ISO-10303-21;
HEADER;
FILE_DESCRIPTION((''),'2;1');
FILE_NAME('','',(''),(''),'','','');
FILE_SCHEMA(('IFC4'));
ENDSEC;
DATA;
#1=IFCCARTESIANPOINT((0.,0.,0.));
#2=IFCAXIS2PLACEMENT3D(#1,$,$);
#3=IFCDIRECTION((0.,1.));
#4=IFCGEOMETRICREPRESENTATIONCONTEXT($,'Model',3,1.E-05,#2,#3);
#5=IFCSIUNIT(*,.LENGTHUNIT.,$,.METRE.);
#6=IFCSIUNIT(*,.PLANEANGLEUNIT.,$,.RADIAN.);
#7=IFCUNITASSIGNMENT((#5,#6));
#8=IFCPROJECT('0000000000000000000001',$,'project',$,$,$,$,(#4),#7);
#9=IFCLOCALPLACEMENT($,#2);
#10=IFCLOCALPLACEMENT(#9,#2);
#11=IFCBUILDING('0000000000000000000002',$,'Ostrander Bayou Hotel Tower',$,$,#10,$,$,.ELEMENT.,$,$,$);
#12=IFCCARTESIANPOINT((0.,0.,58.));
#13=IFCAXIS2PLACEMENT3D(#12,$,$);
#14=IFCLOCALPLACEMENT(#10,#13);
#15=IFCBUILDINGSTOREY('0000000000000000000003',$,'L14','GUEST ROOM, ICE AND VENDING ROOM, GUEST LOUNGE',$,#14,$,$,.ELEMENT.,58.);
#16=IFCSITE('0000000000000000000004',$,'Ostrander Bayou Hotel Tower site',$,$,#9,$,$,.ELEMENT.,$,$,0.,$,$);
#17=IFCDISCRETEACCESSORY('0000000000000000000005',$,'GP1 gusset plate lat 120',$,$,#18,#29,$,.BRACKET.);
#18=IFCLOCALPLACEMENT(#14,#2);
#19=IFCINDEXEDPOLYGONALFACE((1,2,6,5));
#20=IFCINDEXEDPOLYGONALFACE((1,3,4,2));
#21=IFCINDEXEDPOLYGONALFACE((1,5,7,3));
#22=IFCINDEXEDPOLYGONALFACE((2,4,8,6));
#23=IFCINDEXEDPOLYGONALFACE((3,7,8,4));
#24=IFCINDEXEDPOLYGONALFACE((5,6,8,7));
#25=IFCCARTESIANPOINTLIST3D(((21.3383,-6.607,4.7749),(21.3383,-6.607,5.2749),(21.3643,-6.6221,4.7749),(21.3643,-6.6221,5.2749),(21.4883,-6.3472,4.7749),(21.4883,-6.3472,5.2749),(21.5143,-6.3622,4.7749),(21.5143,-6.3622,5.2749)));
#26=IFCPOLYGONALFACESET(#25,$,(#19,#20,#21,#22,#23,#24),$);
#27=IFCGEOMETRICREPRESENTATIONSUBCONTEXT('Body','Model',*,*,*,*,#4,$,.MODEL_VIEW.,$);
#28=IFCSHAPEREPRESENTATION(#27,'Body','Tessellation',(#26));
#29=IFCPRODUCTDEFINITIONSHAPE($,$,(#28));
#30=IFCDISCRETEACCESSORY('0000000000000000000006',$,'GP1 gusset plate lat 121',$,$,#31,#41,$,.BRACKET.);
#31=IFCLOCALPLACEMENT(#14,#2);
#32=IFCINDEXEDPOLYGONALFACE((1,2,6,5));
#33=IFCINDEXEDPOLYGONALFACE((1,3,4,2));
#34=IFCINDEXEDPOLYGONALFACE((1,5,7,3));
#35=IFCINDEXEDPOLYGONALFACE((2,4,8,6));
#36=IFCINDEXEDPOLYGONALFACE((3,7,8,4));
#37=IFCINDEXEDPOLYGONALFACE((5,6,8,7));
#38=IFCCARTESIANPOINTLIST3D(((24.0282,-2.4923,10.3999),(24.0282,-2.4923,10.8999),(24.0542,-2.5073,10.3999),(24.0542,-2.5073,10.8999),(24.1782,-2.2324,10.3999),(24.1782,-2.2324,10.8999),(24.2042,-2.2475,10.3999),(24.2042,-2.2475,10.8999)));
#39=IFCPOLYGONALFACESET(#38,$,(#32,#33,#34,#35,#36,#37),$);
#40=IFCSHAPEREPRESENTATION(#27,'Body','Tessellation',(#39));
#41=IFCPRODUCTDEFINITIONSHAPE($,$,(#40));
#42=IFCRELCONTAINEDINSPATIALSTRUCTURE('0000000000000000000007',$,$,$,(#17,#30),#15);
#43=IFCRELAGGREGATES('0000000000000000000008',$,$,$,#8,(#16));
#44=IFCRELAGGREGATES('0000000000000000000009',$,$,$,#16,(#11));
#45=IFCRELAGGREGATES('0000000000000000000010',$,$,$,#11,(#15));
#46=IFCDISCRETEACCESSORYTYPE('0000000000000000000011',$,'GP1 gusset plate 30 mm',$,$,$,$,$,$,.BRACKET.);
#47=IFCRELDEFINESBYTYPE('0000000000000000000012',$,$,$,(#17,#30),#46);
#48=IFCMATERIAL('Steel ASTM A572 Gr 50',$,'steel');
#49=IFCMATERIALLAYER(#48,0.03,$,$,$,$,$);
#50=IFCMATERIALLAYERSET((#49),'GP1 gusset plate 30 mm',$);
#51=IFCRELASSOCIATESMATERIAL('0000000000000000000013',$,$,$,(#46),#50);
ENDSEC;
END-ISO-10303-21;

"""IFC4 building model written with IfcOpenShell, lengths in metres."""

from ifc_helpers import new_model, si_unit, direction, frame, origin, origin_2d, place, context, subcontext, project, spatial, rectangle, extrude, material, layer, layer_set, type_object, element, save


model = new_model("IFC4")

# Units and contexts
model_context = context("Model", 3, precision=1e-05, world=origin(), true_north=direction((0.0, 1.0)))
body_context = subcontext(model_context, "Body", "Model", "MODEL_VIEW")
ifc_project = project(units=[si_unit("LENGTHUNIT", "METRE"), si_unit("PLANEANGLEUNIT", "RADIAN")], contexts=[model_context])

# Site, building, storey
site_placement = place(None, origin())
site = spatial("IfcSite", under=ifc_project, at=site_placement, Name="Ostrander Bayou Hotel Tower site", CompositionType="ELEMENT", RefElevation=0.0)
building_placement = place(site_placement, origin())
building = spatial("IfcBuilding", under=site, at=building_placement, Name="Ostrander Bayou Hotel Tower", CompositionType="ELEMENT")
storey_placement = place(building_placement, frame((0.0, 0.0, 58.0)))
storey = spatial("IfcBuildingStorey", under=building, at=storey_placement, Name="L14", Description="GUEST ROOM, ICE AND VENDING ROOM, GUEST LOUNGE", CompositionType="ELEMENT", Elevation=58.0)

# Discrete accessories
ifc_material_1 = material(Name="Steel ASTM A572 Gr 50", Category="steel")
ifc_layer_1 = layer(ifc_material_1, 0.03)
ifc_layer_set_1 = layer_set([ifc_layer_1], Name="GP1 gusset plate 30 mm")
discrete_accessory_type = type_object("IfcDiscreteAccessoryType", Name="GP1 gusset plate 30 mm", PredefinedType="BRACKET", material=ifc_layer_set_1)
for number, where, z_axis, x_axis, name in (
    (1, (21.4263, -6.4846, 4.7749), (0.0, 0.0, 1.0), (0.5, 0.866025, 0.0), "GP1 gusset plate lat 120"),
    (2, (24.1162, -2.3699, 10.3999), (0.0, 0.0, 1.0), (0.5, 0.866025, 0.0), "GP1 gusset plate lat 121"),
):
    element("IfcDiscreteAccessory", number, at=place(storey_placement, frame(where, z_axis=z_axis, x_axis=x_axis)), inside=storey, type_object=discrete_accessory_type, Name=name, PredefinedType="BRACKET", context=body_context, shape_type="SweptSolid", body=[
        extrude(rectangle(XDim=0.3, YDim=0.03, at=origin_2d()), origin(), (0.0, 0.0, 1.0), 0.5),
    ])

save(model, "model.ifc")
